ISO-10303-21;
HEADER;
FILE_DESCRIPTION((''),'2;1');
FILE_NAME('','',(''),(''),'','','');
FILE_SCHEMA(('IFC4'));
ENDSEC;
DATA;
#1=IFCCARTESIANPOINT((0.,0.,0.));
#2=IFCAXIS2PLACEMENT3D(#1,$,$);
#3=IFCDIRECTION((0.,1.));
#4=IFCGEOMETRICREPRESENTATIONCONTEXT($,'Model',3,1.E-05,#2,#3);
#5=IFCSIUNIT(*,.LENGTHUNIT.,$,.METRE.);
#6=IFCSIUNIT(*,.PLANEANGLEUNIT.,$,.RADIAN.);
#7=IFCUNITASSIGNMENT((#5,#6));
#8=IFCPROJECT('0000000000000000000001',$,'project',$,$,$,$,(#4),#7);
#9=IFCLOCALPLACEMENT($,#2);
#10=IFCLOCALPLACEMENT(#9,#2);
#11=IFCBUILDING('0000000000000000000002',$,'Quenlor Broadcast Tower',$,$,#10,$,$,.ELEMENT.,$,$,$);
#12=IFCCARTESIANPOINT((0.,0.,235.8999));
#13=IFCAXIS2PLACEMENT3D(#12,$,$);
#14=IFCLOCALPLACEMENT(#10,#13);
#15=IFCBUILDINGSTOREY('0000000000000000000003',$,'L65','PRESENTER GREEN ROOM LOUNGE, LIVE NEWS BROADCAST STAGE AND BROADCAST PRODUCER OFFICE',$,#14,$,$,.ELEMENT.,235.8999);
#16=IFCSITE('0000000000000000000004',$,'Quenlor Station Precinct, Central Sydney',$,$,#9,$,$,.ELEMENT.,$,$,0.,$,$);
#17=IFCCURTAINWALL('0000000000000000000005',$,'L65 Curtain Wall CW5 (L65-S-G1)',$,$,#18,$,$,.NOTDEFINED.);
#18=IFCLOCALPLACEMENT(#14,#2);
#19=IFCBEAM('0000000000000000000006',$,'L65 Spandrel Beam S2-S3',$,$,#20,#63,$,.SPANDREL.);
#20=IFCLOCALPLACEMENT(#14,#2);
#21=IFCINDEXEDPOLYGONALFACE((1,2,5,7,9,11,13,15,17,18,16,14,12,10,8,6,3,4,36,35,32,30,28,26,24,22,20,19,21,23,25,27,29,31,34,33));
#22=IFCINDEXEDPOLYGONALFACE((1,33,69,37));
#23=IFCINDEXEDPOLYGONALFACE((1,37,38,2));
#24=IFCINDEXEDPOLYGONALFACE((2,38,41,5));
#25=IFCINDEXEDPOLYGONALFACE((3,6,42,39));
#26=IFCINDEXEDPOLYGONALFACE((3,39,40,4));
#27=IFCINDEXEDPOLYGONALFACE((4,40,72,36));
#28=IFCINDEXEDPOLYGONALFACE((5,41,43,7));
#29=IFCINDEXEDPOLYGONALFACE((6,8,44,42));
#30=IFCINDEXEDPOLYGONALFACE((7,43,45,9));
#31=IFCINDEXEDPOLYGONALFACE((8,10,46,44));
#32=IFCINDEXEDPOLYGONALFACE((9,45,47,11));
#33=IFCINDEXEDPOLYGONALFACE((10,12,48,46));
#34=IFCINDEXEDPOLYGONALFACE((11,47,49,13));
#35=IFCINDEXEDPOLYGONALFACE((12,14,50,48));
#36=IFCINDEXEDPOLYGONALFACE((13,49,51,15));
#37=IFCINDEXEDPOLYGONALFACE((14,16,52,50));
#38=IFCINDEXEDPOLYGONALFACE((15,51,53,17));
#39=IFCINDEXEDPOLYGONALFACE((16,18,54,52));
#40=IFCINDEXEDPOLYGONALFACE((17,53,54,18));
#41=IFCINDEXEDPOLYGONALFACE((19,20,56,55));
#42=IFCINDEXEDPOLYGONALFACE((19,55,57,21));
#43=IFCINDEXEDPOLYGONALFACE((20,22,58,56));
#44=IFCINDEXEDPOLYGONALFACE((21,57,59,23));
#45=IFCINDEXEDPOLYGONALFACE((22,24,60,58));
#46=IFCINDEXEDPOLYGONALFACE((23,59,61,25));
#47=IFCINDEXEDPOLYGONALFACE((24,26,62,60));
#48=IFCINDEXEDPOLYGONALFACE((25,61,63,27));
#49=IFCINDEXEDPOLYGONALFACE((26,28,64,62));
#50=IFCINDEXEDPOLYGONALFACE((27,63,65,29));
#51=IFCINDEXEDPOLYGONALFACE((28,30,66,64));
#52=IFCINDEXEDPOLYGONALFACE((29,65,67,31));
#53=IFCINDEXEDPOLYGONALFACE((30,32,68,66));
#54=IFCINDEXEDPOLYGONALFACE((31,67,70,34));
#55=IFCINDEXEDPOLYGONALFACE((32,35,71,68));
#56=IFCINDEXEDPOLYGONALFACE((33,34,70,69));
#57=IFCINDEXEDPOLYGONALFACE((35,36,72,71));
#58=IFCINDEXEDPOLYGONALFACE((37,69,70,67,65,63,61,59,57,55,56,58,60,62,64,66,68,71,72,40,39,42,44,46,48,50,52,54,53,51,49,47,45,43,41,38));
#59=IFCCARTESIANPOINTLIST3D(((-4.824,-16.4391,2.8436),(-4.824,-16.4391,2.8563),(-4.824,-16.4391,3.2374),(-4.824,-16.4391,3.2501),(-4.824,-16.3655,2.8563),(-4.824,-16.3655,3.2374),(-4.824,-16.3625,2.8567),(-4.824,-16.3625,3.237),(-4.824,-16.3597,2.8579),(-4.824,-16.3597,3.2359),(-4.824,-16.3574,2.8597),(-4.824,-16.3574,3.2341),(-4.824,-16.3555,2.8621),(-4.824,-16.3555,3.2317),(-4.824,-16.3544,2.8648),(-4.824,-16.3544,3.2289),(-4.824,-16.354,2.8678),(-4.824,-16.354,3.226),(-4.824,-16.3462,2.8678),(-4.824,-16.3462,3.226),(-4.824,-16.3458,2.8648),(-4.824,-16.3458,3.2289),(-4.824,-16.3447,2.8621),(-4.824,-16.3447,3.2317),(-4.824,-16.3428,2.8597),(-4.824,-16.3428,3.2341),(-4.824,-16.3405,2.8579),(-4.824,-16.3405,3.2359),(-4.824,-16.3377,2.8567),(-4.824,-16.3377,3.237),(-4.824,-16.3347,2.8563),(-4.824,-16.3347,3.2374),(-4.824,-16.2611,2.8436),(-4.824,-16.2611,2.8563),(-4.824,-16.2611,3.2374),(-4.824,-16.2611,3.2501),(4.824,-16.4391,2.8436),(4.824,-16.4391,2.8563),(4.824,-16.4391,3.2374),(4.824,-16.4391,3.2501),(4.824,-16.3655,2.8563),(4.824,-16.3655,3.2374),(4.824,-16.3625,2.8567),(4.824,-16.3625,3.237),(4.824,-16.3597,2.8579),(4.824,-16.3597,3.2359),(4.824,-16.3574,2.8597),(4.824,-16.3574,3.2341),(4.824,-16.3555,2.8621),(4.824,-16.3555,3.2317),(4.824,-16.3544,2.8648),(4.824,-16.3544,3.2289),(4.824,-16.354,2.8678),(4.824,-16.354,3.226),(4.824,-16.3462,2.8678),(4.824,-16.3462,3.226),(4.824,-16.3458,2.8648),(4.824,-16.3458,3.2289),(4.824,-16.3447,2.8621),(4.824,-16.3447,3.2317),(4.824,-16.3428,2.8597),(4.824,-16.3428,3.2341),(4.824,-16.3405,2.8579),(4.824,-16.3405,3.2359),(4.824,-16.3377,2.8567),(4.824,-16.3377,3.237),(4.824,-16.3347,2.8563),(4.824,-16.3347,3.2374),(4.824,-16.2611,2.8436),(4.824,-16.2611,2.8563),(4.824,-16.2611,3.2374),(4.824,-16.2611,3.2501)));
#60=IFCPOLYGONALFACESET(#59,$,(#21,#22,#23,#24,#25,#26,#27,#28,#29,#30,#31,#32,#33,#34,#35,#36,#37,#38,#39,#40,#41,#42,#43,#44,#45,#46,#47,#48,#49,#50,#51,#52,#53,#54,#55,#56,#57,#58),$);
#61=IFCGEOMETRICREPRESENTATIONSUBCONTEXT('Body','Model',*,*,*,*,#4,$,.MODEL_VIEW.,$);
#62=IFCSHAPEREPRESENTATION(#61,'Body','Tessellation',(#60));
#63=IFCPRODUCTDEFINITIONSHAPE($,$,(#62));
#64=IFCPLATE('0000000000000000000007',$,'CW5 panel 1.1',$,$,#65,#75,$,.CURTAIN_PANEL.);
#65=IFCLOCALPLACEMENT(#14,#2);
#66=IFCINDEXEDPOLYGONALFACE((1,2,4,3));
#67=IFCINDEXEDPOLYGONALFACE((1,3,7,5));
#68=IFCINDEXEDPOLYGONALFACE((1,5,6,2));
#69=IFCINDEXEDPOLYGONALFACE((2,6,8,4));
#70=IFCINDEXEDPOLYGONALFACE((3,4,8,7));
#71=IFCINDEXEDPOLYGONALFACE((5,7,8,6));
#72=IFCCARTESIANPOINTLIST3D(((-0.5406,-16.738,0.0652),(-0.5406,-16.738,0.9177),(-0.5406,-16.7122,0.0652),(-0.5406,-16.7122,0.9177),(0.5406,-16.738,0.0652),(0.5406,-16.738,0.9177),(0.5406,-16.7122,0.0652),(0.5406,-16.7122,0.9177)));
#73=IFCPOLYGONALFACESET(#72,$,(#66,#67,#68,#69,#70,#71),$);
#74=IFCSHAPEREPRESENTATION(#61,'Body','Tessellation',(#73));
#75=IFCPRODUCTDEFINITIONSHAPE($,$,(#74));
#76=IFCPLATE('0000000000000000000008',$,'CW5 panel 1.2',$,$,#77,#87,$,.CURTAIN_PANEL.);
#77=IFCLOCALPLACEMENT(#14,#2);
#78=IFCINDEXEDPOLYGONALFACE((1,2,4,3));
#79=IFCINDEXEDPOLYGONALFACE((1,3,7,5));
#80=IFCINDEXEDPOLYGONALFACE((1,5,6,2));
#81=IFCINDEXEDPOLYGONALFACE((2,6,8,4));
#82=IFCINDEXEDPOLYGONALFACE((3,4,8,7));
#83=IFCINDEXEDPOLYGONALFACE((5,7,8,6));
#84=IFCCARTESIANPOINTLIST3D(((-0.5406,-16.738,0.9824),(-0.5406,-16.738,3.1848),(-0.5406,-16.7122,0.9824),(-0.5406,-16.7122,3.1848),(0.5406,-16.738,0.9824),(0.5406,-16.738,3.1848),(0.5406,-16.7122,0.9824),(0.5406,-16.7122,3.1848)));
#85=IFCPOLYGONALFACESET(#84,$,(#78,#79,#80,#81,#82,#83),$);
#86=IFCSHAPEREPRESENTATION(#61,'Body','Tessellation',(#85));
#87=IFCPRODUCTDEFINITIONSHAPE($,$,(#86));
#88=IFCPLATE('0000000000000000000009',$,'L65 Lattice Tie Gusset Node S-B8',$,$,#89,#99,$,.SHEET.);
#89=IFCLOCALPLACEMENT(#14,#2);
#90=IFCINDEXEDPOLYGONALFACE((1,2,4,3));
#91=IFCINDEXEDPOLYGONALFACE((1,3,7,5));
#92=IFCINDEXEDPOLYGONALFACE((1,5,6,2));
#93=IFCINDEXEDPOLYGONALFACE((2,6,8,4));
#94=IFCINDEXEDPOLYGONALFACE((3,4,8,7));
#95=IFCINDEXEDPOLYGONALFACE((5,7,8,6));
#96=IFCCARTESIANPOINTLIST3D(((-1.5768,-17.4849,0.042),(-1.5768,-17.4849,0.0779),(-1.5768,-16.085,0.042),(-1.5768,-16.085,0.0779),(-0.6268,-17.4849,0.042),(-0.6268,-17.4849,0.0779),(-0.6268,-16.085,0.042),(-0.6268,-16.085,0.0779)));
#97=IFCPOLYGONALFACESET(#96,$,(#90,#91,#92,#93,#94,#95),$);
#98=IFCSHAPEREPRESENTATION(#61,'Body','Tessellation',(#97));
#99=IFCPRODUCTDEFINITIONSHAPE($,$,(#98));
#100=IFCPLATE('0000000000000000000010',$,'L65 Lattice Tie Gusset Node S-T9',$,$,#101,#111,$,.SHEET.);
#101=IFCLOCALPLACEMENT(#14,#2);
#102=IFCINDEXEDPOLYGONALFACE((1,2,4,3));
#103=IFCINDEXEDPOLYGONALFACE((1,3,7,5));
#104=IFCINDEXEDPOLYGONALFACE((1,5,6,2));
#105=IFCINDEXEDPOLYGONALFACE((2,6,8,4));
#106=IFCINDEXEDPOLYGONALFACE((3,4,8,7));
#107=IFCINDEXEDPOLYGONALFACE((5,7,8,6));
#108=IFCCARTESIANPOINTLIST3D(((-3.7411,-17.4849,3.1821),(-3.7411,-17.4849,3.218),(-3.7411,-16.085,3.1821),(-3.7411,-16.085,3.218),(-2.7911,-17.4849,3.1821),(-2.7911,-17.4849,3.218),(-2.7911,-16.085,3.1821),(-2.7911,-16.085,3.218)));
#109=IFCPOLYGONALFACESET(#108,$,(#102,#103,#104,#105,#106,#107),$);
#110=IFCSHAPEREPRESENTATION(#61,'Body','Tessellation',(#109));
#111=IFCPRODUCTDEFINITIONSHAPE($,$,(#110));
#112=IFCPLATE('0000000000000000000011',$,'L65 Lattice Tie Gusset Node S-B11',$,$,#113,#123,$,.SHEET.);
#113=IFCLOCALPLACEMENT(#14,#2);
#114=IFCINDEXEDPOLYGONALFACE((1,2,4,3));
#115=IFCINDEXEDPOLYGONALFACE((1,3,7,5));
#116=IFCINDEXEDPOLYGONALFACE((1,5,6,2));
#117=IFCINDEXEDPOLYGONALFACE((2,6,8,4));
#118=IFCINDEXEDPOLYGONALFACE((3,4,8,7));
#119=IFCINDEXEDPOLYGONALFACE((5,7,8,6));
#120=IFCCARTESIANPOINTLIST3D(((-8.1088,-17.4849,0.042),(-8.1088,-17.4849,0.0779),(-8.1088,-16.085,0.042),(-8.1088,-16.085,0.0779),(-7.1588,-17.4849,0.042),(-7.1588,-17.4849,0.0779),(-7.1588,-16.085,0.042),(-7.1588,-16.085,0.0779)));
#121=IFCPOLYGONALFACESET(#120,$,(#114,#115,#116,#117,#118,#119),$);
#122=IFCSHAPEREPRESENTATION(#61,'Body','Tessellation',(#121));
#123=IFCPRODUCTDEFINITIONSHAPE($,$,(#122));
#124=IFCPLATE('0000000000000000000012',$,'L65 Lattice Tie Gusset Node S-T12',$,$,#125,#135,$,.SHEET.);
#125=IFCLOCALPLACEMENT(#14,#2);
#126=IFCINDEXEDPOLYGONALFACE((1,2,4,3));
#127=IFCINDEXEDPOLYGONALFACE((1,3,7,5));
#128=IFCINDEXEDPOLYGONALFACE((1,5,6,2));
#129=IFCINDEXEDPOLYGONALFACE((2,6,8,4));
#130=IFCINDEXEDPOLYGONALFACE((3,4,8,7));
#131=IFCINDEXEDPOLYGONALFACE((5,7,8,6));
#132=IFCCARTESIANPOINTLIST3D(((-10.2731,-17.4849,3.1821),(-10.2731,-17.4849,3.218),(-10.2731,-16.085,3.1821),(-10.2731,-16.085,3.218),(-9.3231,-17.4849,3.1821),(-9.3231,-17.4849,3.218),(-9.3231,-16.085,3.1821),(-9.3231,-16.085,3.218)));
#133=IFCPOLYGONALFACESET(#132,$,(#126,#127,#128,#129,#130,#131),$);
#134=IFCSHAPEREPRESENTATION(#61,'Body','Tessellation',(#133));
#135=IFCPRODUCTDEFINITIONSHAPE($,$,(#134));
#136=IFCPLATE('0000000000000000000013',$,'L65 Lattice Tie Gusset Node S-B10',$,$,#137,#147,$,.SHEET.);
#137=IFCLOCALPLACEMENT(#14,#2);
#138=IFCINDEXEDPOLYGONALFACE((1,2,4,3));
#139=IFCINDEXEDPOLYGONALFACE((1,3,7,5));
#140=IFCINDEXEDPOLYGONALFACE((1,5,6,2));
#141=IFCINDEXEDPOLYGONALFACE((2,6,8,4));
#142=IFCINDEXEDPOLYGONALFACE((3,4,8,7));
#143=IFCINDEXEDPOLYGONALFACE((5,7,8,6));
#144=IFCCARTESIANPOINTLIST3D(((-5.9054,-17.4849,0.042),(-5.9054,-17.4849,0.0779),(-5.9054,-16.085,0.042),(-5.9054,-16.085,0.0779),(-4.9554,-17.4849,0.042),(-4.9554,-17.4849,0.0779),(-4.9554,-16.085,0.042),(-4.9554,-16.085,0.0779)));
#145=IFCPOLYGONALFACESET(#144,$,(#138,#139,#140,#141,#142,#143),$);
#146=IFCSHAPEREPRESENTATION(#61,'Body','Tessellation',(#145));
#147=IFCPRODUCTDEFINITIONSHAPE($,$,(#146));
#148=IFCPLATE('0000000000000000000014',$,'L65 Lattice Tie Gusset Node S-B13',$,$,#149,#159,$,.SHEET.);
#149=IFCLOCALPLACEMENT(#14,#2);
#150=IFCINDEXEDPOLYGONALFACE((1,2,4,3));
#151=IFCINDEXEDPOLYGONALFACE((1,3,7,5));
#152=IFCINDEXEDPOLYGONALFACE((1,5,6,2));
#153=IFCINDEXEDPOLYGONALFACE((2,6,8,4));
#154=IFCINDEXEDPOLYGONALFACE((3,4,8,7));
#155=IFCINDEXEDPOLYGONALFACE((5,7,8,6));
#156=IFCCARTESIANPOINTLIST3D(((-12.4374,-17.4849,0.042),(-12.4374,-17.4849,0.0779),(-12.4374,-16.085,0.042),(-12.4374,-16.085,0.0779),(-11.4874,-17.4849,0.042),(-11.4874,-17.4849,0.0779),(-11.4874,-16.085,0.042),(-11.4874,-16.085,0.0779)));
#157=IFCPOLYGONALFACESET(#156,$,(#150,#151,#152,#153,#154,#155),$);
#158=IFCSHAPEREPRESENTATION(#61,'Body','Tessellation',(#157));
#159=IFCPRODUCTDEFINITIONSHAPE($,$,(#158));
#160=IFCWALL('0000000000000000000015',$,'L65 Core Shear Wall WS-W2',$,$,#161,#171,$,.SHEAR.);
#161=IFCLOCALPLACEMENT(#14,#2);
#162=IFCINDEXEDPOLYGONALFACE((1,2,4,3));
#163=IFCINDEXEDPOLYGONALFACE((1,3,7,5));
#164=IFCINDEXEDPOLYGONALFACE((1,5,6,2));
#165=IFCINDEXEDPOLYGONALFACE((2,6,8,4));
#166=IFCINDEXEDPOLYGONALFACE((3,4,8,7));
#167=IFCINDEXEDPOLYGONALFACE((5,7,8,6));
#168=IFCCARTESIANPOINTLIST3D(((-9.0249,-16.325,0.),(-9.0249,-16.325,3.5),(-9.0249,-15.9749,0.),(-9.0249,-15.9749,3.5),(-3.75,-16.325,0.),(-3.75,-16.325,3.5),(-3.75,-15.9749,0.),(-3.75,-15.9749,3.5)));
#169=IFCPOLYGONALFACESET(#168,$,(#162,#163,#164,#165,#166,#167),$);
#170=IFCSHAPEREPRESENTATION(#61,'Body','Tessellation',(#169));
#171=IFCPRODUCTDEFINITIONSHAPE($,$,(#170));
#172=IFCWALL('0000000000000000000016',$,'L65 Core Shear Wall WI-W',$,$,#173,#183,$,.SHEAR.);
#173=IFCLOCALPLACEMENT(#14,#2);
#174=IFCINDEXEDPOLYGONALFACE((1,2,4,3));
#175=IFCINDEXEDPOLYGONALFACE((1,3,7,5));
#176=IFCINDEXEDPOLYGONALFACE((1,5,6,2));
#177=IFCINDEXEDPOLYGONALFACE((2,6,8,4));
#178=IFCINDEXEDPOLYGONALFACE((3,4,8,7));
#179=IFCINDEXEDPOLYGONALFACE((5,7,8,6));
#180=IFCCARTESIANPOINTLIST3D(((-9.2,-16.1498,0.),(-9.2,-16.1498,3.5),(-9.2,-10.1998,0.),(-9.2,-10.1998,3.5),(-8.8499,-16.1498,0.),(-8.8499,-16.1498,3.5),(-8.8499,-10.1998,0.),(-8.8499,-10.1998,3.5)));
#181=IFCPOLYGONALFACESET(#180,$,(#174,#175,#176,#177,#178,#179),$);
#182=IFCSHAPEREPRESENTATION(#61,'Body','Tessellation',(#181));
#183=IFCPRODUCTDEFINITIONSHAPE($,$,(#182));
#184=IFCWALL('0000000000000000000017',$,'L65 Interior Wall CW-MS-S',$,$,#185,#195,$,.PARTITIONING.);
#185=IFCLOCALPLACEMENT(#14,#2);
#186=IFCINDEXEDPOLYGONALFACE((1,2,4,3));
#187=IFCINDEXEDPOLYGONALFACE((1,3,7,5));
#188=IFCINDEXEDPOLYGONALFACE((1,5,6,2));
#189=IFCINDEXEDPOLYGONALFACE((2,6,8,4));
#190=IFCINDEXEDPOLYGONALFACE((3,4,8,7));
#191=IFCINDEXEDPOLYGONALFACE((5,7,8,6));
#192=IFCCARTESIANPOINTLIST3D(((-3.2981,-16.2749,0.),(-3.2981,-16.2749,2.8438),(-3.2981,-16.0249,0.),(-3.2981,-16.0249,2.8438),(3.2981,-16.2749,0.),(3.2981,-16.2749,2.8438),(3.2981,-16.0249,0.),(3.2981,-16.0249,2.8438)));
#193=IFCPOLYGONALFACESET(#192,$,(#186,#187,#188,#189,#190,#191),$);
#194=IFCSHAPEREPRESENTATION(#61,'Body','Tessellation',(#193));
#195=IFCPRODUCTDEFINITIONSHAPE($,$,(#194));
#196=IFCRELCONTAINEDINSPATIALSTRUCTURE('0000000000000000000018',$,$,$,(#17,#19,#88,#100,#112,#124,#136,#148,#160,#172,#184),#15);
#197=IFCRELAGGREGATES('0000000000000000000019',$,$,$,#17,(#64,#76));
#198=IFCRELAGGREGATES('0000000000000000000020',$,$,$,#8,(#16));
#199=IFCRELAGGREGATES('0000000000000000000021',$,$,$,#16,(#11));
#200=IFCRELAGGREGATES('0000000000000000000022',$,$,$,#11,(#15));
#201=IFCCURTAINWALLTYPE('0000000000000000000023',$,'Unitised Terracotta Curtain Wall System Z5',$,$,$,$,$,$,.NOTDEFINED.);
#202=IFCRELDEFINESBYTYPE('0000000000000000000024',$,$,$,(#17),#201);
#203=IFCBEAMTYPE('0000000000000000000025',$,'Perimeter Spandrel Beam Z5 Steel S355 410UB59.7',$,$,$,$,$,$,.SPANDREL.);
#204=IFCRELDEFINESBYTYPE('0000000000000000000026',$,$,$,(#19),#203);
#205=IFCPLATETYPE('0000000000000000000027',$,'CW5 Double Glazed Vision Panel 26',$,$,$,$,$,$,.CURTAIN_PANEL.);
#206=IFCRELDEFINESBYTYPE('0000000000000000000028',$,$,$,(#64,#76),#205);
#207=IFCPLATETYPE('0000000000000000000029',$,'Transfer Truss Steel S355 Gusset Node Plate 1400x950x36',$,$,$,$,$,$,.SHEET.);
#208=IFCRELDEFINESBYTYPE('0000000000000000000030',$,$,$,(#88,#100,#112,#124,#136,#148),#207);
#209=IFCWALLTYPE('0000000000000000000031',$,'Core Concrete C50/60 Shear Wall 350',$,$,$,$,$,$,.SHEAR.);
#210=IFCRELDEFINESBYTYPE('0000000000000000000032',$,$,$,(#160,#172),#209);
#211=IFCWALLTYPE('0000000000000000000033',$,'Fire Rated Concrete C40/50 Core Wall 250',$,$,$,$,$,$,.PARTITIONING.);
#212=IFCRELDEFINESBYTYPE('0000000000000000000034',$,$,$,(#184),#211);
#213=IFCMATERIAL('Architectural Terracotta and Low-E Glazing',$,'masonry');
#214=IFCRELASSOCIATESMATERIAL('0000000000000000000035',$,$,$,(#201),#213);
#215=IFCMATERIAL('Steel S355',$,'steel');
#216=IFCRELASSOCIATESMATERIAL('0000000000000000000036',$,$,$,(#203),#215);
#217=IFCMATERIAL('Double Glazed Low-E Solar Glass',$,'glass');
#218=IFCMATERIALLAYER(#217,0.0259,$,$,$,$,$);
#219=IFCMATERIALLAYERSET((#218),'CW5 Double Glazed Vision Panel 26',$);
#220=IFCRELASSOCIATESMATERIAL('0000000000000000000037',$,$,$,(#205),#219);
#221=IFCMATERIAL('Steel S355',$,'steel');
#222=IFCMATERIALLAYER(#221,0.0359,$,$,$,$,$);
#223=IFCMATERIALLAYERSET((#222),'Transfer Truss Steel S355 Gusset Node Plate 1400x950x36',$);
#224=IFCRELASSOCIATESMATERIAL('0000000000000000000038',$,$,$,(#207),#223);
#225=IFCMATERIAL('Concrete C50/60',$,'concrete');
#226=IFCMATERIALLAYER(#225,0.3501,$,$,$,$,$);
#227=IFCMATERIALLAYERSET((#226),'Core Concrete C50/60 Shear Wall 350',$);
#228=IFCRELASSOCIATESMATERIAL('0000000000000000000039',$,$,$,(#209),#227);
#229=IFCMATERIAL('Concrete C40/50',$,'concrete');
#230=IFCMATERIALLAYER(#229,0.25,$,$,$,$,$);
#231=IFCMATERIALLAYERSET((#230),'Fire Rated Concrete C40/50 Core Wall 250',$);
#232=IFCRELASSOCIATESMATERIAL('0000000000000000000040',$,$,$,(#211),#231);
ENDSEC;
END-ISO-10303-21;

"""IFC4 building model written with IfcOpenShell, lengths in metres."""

from ifc_helpers import new_model, si_unit, direction, frame, frame_2d, origin, origin_2d, place, context, subcontext, project, spatial, rectangle, i_section, extrude, material, layer, layer_set, material_profile, profile_set, type_object, element, aggregate, save


model = new_model("IFC4")

# Units and contexts
model_context = context("Model", 3, precision=1e-05, world=origin(), true_north=direction((0.0, 1.0)))
body_context = subcontext(model_context, "Body", "Model", "MODEL_VIEW")
ifc_project = project(units=[si_unit("LENGTHUNIT", "METRE"), si_unit("PLANEANGLEUNIT", "RADIAN")], contexts=[model_context])

# Site, building, storey
site_placement = place(None, origin())
site = spatial("IfcSite", under=ifc_project, at=site_placement, Name="Quenlor Station Precinct, Central Sydney", CompositionType="ELEMENT", RefElevation=0.0)
building_placement = place(site_placement, origin())
building = spatial("IfcBuilding", under=site, at=building_placement, Name="Quenlor Broadcast Tower", CompositionType="ELEMENT")
storey_placement = place(building_placement, frame((0.0, 0.0, 235.8999)))
storey = spatial("IfcBuildingStorey", under=building, at=storey_placement, Name="L65", Description="PRESENTER GREEN ROOM LOUNGE, LIVE NEWS BROADCAST STAGE AND BROADCAST PRODUCER OFFICE", CompositionType="ELEMENT", Elevation=235.8999)

# Curtain wall
ifc_material_1 = material(Name="Architectural Terracotta and Low-E Glazing", Category="masonry")
curtain_wall_type = type_object("IfcCurtainWallType", Name="Unitised Terracotta Curtain Wall System Z5", PredefinedType="NOTDEFINED", material=ifc_material_1)
curtain_wall_placement = place(storey_placement, origin())
curtain_wall = element("IfcCurtainWall", 1, at=curtain_wall_placement, inside=storey, type_object=curtain_wall_type, Name="L65 Curtain Wall CW5 (L65-S-G1)", PredefinedType="NOTDEFINED")

# Beam
ifc_material_2 = material(Name="Steel S355", Category="steel")
ifc_material_profile_1 = material_profile(ifc_material_2, i_section(OverallWidth=0.178, OverallDepth=0.4065, WebThickness=0.0078, FlangeThickness=0.0127, FilletRadius=0.0115, at=origin_2d()))
ifc_profile_set_1 = profile_set([ifc_material_profile_1], Name="Steel S355 410UB59.7")
beam_type_1 = type_object("IfcBeamType", Name="Perimeter Spandrel Beam Z5 Steel S355 410UB59.7", PredefinedType="SPANDREL", material=ifc_profile_set_1)
beam_1_placement = place(storey_placement, frame((-4.824, -16.3501, 3.0469), z_axis=(1.0, 0.0, 0.0), x_axis=(0.0, 1.0, 0.0)))
element("IfcBeam", 2, at=beam_1_placement, inside=storey, type_object=beam_type_1, Name="L65 Spandrel Beam S2-S3", PredefinedType="SPANDREL", context=body_context, shape_type="SweptSolid", body=[
    extrude(i_section(OverallWidth=0.178, OverallDepth=0.4065, WebThickness=0.0078, FlangeThickness=0.0127, FilletRadius=0.0115, at=origin_2d()), origin(), (0.0, 0.0, 1.0), 9.6479),
])

# Plates
ifc_material_3 = material(Name="Double Glazed Low-E Solar Glass", Category="glass")
ifc_layer_1 = layer(ifc_material_3, 0.0259)
ifc_layer_set_1 = layer_set([ifc_layer_1], Name="CW5 Double Glazed Vision Panel 26")
plate_type_1 = type_object("IfcPlateType", Name="CW5 Double Glazed Vision Panel 26", PredefinedType="CURTAIN_PANEL", material=ifc_layer_set_1)
plate_1_placement = place(storey_placement, frame((0.0, -16.7251, 0.0652), z_axis=(0.0, 0.0, 1.0), x_axis=(-1.0, 0.0, 0.0)))
plate_1 = element("IfcPlate", 3, at=plate_1_placement, type_object=plate_type_1, Name="CW5 panel 1.1", PredefinedType="CURTAIN_PANEL", context=body_context, shape_type="SweptSolid", body=[
    extrude(rectangle(XDim=1.0813, YDim=0.0259, at=origin_2d()), origin(), (0.0, 0.0, 1.0), 0.8525),
])
plate_2_placement = place(storey_placement, frame((0.0, -16.7251, 0.9824), z_axis=(0.0, 0.0, 1.0), x_axis=(-1.0, 0.0, 0.0)))
plate_2 = element("IfcPlate", 4, at=plate_2_placement, type_object=plate_type_1, Name="CW5 panel 1.2", PredefinedType="CURTAIN_PANEL", context=body_context, shape_type="SweptSolid", body=[
    extrude(rectangle(XDim=1.0813, YDim=0.0259, at=origin_2d()), origin(), (0.0, 0.0, 1.0), 2.2024),
])
aggregate(curtain_wall, [plate_1, plate_2])

# Plates
ifc_material_4 = material(Name="Steel S355", Category="steel")
ifc_layer_2 = layer(ifc_material_4, 0.0359)
ifc_layer_set_2 = layer_set([ifc_layer_2], Name="Transfer Truss Steel S355 Gusset Node Plate 1400x950x36")
plate_type_2 = type_object("IfcPlateType", Name="Transfer Truss Steel S355 Gusset Node Plate 1400x950x36", PredefinedType="SHEET", material=ifc_layer_set_2)
for number, where, z_axis, x_axis, name in (
    (5, (-1.1018, -16.7849, 0.042), (0.0, 0.0, 1.0), (0.0, -1.0, 0.0), "L65 Lattice Tie Gusset Node S-B8"),
    (6, (-3.2661, -16.7849, 3.1821), (0.0, 0.0, 1.0), (0.0, -1.0, 0.0), "L65 Lattice Tie Gusset Node S-T9"),
    (7, (-7.6338, -16.7849, 0.042), (0.0, 0.0, 1.0), (0.0, -1.0, 0.0), "L65 Lattice Tie Gusset Node S-B11"),
    (8, (-9.7981, -16.7849, 3.1821), (0.0, 0.0, 1.0), (0.0, -1.0, 0.0), "L65 Lattice Tie Gusset Node S-T12"),
    (9, (-5.4304, -16.7849, 0.042), (0.0, 0.0, 1.0), (0.0, -1.0, 0.0), "L65 Lattice Tie Gusset Node S-B10"),
    (10, (-11.9624, -16.7849, 0.042), (0.0, 0.0, 1.0), (0.0, -1.0, 0.0), "L65 Lattice Tie Gusset Node S-B13"),
):
    element("IfcPlate", number, at=place(storey_placement, frame(where, z_axis=z_axis, x_axis=x_axis)), inside=storey, type_object=plate_type_2, Name=name, PredefinedType="SHEET", context=body_context, shape_type="SweptSolid", body=[
        extrude(rectangle(XDim=1.3999, YDim=0.95, at=origin_2d()), origin(), (0.0, 0.0, 1.0), 0.0359),
    ])

# Walls
ifc_material_5 = material(Name="Concrete C50/60", Category="concrete")
ifc_layer_3 = layer(ifc_material_5, 0.3501)
ifc_layer_set_3 = layer_set([ifc_layer_3], Name="Core Concrete C50/60 Shear Wall 350")
wall_type_1 = type_object("IfcWallType", Name="Core Concrete C50/60 Shear Wall 350", PredefinedType="SHEAR", material=ifc_layer_set_3)
wall_1_placement = place(storey_placement, frame((-9.0249, -16.1499, 0.0), z_axis=(0.0, 0.0, 1.0), x_axis=(1.0, 0.0, 0.0)))
element("IfcWall", 11, at=wall_1_placement, inside=storey, type_object=wall_type_1, Name="L65 Core Shear Wall WS-W2", PredefinedType="SHEAR", context=body_context, shape_type="SweptSolid", body=[
    extrude(rectangle(XDim=5.2749, YDim=0.3501, at=frame_2d((2.6375, 0.0))), origin(), (0.0, 0.0, 1.0), 3.5),
])
wall_2_placement = place(storey_placement, frame((-9.0249, -16.1499, 0.0), z_axis=(0.0, 0.0, 1.0), x_axis=(0.0, 1.0, 0.0)))
element("IfcWall", 12, at=wall_2_placement, inside=storey, type_object=wall_type_1, Name="L65 Core Shear Wall WI-W", PredefinedType="SHEAR", context=body_context, shape_type="SweptSolid", body=[
    extrude(rectangle(XDim=5.95, YDim=0.3501, at=frame_2d((2.9751, 0.0))), origin(), (0.0, 0.0, 1.0), 3.5),
])
ifc_material_6 = material(Name="Concrete C40/50", Category="concrete")
ifc_layer_4 = layer(ifc_material_6, 0.25)
ifc_layer_set_4 = layer_set([ifc_layer_4], Name="Fire Rated Concrete C40/50 Core Wall 250")
wall_type_2 = type_object("IfcWallType", Name="Fire Rated Concrete C40/50 Core Wall 250", PredefinedType="PARTITIONING", material=ifc_layer_set_4)
wall_3_placement = place(storey_placement, frame((-3.2981, -16.1499, 0.0), z_axis=(0.0, 0.0, 1.0), x_axis=(1.0, 0.0, 0.0)))
element("IfcWall", 13, at=wall_3_placement, inside=storey, type_object=wall_type_2, Name="L65 Interior Wall CW-MS-S", PredefinedType="PARTITIONING", context=body_context, shape_type="SweptSolid", body=[
    extrude(rectangle(XDim=6.5962, YDim=0.25, at=frame_2d((3.2981, 0.0))), origin(), (0.0, 0.0, 1.0), 2.8438),
])

save(model, "model.ifc")
